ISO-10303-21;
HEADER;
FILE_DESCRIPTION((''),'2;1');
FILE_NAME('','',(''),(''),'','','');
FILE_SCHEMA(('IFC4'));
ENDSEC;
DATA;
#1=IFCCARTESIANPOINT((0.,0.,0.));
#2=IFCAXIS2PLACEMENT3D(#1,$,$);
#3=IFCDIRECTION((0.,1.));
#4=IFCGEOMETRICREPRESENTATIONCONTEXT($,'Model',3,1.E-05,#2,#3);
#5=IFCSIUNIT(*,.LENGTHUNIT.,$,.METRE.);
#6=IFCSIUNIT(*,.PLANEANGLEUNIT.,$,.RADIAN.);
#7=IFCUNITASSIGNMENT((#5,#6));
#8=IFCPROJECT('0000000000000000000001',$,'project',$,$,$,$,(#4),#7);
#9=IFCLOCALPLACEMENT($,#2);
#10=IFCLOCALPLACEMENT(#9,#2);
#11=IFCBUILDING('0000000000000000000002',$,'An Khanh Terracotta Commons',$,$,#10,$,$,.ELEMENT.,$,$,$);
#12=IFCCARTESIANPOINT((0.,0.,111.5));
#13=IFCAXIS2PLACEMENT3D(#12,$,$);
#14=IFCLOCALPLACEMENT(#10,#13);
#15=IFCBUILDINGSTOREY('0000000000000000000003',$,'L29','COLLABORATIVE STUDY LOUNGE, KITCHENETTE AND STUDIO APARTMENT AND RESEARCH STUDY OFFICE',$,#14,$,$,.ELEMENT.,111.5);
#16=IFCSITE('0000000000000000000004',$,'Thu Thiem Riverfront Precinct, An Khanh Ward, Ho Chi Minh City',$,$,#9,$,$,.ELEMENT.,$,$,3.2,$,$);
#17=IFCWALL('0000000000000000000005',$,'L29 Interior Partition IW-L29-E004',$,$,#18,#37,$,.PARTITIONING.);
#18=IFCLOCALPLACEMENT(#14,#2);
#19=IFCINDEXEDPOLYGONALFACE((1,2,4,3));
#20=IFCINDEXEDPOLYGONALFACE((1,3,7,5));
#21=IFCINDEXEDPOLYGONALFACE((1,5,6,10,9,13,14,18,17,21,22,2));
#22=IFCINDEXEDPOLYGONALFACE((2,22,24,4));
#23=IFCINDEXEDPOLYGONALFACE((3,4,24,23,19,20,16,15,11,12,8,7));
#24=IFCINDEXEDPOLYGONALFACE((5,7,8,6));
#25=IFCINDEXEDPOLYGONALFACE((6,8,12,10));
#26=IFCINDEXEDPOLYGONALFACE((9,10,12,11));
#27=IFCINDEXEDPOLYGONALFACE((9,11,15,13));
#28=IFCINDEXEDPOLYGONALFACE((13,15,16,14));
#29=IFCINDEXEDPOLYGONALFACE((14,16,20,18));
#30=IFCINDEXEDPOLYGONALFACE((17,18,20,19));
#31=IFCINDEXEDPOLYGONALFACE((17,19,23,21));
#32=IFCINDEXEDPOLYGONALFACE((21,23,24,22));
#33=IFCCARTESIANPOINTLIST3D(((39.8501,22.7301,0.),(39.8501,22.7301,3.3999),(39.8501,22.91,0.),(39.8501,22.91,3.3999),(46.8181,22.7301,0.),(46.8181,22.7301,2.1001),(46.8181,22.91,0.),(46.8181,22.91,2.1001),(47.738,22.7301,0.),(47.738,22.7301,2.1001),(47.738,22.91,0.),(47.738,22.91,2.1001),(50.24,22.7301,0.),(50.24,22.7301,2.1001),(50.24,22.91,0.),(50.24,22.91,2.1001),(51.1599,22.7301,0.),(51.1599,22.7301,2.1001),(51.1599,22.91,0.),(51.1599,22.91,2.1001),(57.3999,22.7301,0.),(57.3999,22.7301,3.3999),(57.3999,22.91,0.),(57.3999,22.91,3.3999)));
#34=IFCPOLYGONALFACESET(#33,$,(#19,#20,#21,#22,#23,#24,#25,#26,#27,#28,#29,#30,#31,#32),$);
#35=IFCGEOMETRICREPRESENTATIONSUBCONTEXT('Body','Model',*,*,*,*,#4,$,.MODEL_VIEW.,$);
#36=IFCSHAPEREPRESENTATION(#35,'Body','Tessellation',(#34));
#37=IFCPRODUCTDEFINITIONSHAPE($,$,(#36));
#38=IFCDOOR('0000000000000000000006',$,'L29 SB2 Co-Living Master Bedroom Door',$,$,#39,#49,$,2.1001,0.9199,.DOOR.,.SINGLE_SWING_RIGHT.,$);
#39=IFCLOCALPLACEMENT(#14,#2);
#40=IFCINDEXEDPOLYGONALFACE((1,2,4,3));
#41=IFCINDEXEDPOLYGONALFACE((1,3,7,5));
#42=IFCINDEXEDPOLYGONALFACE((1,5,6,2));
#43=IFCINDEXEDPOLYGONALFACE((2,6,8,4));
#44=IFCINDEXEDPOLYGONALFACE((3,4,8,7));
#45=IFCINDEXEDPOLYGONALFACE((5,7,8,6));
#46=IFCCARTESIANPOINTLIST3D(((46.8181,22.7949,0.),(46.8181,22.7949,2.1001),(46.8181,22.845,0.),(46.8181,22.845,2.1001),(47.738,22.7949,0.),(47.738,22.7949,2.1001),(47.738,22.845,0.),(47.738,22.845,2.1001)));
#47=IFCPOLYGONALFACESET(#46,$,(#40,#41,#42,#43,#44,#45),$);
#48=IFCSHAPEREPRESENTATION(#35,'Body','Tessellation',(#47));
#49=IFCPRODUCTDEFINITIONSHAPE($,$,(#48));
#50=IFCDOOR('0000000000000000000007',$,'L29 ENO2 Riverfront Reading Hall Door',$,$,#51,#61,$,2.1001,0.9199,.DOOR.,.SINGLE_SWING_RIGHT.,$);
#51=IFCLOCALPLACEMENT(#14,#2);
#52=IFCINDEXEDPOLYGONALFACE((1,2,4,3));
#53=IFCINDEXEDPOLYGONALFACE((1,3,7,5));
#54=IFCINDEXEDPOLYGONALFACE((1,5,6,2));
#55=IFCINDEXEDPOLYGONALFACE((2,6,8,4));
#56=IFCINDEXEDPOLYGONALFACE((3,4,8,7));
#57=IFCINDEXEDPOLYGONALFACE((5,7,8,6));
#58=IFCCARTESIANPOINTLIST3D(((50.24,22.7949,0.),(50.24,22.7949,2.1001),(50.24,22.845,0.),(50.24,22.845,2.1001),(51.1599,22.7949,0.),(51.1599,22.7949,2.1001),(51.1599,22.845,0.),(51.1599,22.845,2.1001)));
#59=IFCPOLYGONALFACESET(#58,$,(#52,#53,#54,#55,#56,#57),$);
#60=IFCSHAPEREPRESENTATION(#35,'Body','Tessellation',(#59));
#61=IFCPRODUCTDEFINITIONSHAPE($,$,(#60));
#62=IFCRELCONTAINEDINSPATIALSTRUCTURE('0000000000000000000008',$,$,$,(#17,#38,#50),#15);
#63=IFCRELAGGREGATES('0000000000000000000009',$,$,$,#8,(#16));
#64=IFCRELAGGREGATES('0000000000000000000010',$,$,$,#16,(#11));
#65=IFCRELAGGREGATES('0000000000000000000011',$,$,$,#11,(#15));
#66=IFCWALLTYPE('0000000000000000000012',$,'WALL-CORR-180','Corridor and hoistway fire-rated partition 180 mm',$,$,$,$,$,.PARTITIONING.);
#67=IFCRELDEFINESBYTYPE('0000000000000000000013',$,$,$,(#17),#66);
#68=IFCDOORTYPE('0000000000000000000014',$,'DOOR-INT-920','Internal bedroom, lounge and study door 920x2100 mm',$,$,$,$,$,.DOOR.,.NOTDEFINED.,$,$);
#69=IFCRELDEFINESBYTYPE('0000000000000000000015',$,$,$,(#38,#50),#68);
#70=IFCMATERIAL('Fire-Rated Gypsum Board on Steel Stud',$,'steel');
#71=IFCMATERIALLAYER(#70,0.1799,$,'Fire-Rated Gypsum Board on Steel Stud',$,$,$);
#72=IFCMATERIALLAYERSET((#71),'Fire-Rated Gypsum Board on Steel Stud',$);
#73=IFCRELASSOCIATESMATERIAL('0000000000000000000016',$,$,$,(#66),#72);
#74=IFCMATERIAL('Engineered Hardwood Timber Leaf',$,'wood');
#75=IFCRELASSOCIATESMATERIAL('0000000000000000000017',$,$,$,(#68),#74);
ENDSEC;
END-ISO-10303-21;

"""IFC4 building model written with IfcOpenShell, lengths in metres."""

from ifc_helpers import new_model, si_unit, direction, frame, frame_2d, origin, place, context, subcontext, project, spatial, rectangle, extrude, material, layer, layer_set, type_object, element, fill, save


model = new_model("IFC4")

# Units and contexts
model_context = context("Model", 3, precision=1e-05, world=origin(), true_north=direction((0.0, 1.0)))
body_context = subcontext(model_context, "Body", "Model", "MODEL_VIEW")
ifc_project = project(units=[si_unit("LENGTHUNIT", "METRE"), si_unit("PLANEANGLEUNIT", "RADIAN")], contexts=[model_context])

# Site, building, storey
site_placement = place(None, origin())
site = spatial("IfcSite", under=ifc_project, at=site_placement, Name="Thu Thiem Riverfront Precinct, An Khanh Ward, Ho Chi Minh City", CompositionType="ELEMENT", RefElevation=3.2)
building_placement = place(site_placement, origin())
building = spatial("IfcBuilding", under=site, at=building_placement, Name="An Khanh Terracotta Commons", CompositionType="ELEMENT")
storey_placement = place(building_placement, frame((0.0, 0.0, 111.5)))
storey = spatial("IfcBuildingStorey", under=building, at=storey_placement, Name="L29", Description="COLLABORATIVE STUDY LOUNGE, KITCHENETTE AND STUDIO APARTMENT AND RESEARCH STUDY OFFICE", CompositionType="ELEMENT", Elevation=111.5)

# Wall, openings, doors
ifc_material_1 = material(Name="Fire-Rated Gypsum Board on Steel Stud", Category="steel")
ifc_layer_1 = layer(ifc_material_1, 0.1799, Name="Fire-Rated Gypsum Board on Steel Stud")
ifc_layer_set_1 = layer_set([ifc_layer_1], Name="Fire-Rated Gypsum Board on Steel Stud")
wall_type_1 = type_object("IfcWallType", Name="WALL-CORR-180", Description="Corridor and hoistway fire-rated partition 180 mm", PredefinedType="PARTITIONING", material=ifc_layer_set_1)
wall_1_placement = place(storey_placement, frame((39.8501, 22.8201, 0.0), z_axis=(0.0, 0.0, 1.0), x_axis=(1.0, 0.0, 0.0)))
wall_1 = element("IfcWall", 1, at=wall_1_placement, inside=storey, type_object=wall_type_1, Name="L29 Interior Partition IW-L29-E004", PredefinedType="PARTITIONING", context=body_context, shape_type="SweptSolid", body=[
    extrude(rectangle(XDim=17.5498, YDim=0.1799, at=frame_2d((8.7749, 0.0))), origin(), (0.0, 0.0, 1.0), 3.3999),
])
opening_1_placement = place(wall_1_placement, frame((6.968, 0.0, 0.0)))
opening_1 = element("IfcOpeningElement", 2, at=opening_1_placement, cuts=wall_1, PredefinedType="OPENING", context=body_context, shape_type="SweptSolid", body=[
    extrude(rectangle(XDim=0.9199, YDim=2.1001, at=frame_2d((0.46, 1.05))), frame((0.0, 0.0999, 0.0), z_axis=(0.0, -1.0, 0.0), x_axis=(1.0, 0.0, 0.0)), (0.0, 0.0, 1.0), 0.2),
])
opening_2_placement = place(wall_1_placement, frame((10.3899, 0.0, 0.0)))
opening_2 = element("IfcOpeningElement", 3, at=opening_2_placement, cuts=wall_1, PredefinedType="OPENING", context=body_context, shape_type="SweptSolid", body=[
    extrude(rectangle(XDim=0.9199, YDim=2.1001, at=frame_2d((0.46, 1.05))), frame((0.0, 0.0999, 0.0), z_axis=(0.0, -1.0, 0.0), x_axis=(1.0, 0.0, 0.0)), (0.0, 0.0, 1.0), 0.2),
])
ifc_material_2 = material(Name="Engineered Hardwood Timber Leaf", Category="wood")
door_type_1 = type_object("IfcDoorType", Name="DOOR-INT-920", Description="Internal bedroom, lounge and study door 920x2100 mm", OperationType="NOTDEFINED", PredefinedType="DOOR", material=ifc_material_2)
door_1_placement = place(opening_1_placement, origin())
door_1 = element("IfcDoor", 4, at=door_1_placement, inside=storey, type_object=door_type_1, Name="L29 SB2 Co-Living Master Bedroom Door", OperationType="SINGLE_SWING_RIGHT", OverallHeight=2.1001, OverallWidth=0.9199, PredefinedType="DOOR", context=body_context, shape_type="SweptSolid", body=[
    extrude(rectangle(XDim=0.9199, YDim=2.1001, at=frame_2d((0.46, 1.05))), frame((0.0, 0.0249, 0.0), z_axis=(0.0, -1.0, 0.0), x_axis=(1.0, 0.0, 0.0)), (0.0, 0.0, 1.0), 0.05),
])
fill(opening_1, door_1)
door_2_placement = place(opening_2_placement, origin())
door_2 = element("IfcDoor", 5, at=door_2_placement, inside=storey, type_object=door_type_1, Name="L29 ENO2 Riverfront Reading Hall Door", OperationType="SINGLE_SWING_RIGHT", OverallHeight=2.1001, OverallWidth=0.9199, PredefinedType="DOOR", context=body_context, shape_type="SweptSolid", body=[
    extrude(rectangle(XDim=0.9199, YDim=2.1001, at=frame_2d((0.46, 1.05))), frame((0.0, 0.0249, 0.0), z_axis=(0.0, -1.0, 0.0), x_axis=(1.0, 0.0, 0.0)), (0.0, 0.0, 1.0), 0.05),
])
fill(opening_2, door_2)

save(model, "model.ifc")
